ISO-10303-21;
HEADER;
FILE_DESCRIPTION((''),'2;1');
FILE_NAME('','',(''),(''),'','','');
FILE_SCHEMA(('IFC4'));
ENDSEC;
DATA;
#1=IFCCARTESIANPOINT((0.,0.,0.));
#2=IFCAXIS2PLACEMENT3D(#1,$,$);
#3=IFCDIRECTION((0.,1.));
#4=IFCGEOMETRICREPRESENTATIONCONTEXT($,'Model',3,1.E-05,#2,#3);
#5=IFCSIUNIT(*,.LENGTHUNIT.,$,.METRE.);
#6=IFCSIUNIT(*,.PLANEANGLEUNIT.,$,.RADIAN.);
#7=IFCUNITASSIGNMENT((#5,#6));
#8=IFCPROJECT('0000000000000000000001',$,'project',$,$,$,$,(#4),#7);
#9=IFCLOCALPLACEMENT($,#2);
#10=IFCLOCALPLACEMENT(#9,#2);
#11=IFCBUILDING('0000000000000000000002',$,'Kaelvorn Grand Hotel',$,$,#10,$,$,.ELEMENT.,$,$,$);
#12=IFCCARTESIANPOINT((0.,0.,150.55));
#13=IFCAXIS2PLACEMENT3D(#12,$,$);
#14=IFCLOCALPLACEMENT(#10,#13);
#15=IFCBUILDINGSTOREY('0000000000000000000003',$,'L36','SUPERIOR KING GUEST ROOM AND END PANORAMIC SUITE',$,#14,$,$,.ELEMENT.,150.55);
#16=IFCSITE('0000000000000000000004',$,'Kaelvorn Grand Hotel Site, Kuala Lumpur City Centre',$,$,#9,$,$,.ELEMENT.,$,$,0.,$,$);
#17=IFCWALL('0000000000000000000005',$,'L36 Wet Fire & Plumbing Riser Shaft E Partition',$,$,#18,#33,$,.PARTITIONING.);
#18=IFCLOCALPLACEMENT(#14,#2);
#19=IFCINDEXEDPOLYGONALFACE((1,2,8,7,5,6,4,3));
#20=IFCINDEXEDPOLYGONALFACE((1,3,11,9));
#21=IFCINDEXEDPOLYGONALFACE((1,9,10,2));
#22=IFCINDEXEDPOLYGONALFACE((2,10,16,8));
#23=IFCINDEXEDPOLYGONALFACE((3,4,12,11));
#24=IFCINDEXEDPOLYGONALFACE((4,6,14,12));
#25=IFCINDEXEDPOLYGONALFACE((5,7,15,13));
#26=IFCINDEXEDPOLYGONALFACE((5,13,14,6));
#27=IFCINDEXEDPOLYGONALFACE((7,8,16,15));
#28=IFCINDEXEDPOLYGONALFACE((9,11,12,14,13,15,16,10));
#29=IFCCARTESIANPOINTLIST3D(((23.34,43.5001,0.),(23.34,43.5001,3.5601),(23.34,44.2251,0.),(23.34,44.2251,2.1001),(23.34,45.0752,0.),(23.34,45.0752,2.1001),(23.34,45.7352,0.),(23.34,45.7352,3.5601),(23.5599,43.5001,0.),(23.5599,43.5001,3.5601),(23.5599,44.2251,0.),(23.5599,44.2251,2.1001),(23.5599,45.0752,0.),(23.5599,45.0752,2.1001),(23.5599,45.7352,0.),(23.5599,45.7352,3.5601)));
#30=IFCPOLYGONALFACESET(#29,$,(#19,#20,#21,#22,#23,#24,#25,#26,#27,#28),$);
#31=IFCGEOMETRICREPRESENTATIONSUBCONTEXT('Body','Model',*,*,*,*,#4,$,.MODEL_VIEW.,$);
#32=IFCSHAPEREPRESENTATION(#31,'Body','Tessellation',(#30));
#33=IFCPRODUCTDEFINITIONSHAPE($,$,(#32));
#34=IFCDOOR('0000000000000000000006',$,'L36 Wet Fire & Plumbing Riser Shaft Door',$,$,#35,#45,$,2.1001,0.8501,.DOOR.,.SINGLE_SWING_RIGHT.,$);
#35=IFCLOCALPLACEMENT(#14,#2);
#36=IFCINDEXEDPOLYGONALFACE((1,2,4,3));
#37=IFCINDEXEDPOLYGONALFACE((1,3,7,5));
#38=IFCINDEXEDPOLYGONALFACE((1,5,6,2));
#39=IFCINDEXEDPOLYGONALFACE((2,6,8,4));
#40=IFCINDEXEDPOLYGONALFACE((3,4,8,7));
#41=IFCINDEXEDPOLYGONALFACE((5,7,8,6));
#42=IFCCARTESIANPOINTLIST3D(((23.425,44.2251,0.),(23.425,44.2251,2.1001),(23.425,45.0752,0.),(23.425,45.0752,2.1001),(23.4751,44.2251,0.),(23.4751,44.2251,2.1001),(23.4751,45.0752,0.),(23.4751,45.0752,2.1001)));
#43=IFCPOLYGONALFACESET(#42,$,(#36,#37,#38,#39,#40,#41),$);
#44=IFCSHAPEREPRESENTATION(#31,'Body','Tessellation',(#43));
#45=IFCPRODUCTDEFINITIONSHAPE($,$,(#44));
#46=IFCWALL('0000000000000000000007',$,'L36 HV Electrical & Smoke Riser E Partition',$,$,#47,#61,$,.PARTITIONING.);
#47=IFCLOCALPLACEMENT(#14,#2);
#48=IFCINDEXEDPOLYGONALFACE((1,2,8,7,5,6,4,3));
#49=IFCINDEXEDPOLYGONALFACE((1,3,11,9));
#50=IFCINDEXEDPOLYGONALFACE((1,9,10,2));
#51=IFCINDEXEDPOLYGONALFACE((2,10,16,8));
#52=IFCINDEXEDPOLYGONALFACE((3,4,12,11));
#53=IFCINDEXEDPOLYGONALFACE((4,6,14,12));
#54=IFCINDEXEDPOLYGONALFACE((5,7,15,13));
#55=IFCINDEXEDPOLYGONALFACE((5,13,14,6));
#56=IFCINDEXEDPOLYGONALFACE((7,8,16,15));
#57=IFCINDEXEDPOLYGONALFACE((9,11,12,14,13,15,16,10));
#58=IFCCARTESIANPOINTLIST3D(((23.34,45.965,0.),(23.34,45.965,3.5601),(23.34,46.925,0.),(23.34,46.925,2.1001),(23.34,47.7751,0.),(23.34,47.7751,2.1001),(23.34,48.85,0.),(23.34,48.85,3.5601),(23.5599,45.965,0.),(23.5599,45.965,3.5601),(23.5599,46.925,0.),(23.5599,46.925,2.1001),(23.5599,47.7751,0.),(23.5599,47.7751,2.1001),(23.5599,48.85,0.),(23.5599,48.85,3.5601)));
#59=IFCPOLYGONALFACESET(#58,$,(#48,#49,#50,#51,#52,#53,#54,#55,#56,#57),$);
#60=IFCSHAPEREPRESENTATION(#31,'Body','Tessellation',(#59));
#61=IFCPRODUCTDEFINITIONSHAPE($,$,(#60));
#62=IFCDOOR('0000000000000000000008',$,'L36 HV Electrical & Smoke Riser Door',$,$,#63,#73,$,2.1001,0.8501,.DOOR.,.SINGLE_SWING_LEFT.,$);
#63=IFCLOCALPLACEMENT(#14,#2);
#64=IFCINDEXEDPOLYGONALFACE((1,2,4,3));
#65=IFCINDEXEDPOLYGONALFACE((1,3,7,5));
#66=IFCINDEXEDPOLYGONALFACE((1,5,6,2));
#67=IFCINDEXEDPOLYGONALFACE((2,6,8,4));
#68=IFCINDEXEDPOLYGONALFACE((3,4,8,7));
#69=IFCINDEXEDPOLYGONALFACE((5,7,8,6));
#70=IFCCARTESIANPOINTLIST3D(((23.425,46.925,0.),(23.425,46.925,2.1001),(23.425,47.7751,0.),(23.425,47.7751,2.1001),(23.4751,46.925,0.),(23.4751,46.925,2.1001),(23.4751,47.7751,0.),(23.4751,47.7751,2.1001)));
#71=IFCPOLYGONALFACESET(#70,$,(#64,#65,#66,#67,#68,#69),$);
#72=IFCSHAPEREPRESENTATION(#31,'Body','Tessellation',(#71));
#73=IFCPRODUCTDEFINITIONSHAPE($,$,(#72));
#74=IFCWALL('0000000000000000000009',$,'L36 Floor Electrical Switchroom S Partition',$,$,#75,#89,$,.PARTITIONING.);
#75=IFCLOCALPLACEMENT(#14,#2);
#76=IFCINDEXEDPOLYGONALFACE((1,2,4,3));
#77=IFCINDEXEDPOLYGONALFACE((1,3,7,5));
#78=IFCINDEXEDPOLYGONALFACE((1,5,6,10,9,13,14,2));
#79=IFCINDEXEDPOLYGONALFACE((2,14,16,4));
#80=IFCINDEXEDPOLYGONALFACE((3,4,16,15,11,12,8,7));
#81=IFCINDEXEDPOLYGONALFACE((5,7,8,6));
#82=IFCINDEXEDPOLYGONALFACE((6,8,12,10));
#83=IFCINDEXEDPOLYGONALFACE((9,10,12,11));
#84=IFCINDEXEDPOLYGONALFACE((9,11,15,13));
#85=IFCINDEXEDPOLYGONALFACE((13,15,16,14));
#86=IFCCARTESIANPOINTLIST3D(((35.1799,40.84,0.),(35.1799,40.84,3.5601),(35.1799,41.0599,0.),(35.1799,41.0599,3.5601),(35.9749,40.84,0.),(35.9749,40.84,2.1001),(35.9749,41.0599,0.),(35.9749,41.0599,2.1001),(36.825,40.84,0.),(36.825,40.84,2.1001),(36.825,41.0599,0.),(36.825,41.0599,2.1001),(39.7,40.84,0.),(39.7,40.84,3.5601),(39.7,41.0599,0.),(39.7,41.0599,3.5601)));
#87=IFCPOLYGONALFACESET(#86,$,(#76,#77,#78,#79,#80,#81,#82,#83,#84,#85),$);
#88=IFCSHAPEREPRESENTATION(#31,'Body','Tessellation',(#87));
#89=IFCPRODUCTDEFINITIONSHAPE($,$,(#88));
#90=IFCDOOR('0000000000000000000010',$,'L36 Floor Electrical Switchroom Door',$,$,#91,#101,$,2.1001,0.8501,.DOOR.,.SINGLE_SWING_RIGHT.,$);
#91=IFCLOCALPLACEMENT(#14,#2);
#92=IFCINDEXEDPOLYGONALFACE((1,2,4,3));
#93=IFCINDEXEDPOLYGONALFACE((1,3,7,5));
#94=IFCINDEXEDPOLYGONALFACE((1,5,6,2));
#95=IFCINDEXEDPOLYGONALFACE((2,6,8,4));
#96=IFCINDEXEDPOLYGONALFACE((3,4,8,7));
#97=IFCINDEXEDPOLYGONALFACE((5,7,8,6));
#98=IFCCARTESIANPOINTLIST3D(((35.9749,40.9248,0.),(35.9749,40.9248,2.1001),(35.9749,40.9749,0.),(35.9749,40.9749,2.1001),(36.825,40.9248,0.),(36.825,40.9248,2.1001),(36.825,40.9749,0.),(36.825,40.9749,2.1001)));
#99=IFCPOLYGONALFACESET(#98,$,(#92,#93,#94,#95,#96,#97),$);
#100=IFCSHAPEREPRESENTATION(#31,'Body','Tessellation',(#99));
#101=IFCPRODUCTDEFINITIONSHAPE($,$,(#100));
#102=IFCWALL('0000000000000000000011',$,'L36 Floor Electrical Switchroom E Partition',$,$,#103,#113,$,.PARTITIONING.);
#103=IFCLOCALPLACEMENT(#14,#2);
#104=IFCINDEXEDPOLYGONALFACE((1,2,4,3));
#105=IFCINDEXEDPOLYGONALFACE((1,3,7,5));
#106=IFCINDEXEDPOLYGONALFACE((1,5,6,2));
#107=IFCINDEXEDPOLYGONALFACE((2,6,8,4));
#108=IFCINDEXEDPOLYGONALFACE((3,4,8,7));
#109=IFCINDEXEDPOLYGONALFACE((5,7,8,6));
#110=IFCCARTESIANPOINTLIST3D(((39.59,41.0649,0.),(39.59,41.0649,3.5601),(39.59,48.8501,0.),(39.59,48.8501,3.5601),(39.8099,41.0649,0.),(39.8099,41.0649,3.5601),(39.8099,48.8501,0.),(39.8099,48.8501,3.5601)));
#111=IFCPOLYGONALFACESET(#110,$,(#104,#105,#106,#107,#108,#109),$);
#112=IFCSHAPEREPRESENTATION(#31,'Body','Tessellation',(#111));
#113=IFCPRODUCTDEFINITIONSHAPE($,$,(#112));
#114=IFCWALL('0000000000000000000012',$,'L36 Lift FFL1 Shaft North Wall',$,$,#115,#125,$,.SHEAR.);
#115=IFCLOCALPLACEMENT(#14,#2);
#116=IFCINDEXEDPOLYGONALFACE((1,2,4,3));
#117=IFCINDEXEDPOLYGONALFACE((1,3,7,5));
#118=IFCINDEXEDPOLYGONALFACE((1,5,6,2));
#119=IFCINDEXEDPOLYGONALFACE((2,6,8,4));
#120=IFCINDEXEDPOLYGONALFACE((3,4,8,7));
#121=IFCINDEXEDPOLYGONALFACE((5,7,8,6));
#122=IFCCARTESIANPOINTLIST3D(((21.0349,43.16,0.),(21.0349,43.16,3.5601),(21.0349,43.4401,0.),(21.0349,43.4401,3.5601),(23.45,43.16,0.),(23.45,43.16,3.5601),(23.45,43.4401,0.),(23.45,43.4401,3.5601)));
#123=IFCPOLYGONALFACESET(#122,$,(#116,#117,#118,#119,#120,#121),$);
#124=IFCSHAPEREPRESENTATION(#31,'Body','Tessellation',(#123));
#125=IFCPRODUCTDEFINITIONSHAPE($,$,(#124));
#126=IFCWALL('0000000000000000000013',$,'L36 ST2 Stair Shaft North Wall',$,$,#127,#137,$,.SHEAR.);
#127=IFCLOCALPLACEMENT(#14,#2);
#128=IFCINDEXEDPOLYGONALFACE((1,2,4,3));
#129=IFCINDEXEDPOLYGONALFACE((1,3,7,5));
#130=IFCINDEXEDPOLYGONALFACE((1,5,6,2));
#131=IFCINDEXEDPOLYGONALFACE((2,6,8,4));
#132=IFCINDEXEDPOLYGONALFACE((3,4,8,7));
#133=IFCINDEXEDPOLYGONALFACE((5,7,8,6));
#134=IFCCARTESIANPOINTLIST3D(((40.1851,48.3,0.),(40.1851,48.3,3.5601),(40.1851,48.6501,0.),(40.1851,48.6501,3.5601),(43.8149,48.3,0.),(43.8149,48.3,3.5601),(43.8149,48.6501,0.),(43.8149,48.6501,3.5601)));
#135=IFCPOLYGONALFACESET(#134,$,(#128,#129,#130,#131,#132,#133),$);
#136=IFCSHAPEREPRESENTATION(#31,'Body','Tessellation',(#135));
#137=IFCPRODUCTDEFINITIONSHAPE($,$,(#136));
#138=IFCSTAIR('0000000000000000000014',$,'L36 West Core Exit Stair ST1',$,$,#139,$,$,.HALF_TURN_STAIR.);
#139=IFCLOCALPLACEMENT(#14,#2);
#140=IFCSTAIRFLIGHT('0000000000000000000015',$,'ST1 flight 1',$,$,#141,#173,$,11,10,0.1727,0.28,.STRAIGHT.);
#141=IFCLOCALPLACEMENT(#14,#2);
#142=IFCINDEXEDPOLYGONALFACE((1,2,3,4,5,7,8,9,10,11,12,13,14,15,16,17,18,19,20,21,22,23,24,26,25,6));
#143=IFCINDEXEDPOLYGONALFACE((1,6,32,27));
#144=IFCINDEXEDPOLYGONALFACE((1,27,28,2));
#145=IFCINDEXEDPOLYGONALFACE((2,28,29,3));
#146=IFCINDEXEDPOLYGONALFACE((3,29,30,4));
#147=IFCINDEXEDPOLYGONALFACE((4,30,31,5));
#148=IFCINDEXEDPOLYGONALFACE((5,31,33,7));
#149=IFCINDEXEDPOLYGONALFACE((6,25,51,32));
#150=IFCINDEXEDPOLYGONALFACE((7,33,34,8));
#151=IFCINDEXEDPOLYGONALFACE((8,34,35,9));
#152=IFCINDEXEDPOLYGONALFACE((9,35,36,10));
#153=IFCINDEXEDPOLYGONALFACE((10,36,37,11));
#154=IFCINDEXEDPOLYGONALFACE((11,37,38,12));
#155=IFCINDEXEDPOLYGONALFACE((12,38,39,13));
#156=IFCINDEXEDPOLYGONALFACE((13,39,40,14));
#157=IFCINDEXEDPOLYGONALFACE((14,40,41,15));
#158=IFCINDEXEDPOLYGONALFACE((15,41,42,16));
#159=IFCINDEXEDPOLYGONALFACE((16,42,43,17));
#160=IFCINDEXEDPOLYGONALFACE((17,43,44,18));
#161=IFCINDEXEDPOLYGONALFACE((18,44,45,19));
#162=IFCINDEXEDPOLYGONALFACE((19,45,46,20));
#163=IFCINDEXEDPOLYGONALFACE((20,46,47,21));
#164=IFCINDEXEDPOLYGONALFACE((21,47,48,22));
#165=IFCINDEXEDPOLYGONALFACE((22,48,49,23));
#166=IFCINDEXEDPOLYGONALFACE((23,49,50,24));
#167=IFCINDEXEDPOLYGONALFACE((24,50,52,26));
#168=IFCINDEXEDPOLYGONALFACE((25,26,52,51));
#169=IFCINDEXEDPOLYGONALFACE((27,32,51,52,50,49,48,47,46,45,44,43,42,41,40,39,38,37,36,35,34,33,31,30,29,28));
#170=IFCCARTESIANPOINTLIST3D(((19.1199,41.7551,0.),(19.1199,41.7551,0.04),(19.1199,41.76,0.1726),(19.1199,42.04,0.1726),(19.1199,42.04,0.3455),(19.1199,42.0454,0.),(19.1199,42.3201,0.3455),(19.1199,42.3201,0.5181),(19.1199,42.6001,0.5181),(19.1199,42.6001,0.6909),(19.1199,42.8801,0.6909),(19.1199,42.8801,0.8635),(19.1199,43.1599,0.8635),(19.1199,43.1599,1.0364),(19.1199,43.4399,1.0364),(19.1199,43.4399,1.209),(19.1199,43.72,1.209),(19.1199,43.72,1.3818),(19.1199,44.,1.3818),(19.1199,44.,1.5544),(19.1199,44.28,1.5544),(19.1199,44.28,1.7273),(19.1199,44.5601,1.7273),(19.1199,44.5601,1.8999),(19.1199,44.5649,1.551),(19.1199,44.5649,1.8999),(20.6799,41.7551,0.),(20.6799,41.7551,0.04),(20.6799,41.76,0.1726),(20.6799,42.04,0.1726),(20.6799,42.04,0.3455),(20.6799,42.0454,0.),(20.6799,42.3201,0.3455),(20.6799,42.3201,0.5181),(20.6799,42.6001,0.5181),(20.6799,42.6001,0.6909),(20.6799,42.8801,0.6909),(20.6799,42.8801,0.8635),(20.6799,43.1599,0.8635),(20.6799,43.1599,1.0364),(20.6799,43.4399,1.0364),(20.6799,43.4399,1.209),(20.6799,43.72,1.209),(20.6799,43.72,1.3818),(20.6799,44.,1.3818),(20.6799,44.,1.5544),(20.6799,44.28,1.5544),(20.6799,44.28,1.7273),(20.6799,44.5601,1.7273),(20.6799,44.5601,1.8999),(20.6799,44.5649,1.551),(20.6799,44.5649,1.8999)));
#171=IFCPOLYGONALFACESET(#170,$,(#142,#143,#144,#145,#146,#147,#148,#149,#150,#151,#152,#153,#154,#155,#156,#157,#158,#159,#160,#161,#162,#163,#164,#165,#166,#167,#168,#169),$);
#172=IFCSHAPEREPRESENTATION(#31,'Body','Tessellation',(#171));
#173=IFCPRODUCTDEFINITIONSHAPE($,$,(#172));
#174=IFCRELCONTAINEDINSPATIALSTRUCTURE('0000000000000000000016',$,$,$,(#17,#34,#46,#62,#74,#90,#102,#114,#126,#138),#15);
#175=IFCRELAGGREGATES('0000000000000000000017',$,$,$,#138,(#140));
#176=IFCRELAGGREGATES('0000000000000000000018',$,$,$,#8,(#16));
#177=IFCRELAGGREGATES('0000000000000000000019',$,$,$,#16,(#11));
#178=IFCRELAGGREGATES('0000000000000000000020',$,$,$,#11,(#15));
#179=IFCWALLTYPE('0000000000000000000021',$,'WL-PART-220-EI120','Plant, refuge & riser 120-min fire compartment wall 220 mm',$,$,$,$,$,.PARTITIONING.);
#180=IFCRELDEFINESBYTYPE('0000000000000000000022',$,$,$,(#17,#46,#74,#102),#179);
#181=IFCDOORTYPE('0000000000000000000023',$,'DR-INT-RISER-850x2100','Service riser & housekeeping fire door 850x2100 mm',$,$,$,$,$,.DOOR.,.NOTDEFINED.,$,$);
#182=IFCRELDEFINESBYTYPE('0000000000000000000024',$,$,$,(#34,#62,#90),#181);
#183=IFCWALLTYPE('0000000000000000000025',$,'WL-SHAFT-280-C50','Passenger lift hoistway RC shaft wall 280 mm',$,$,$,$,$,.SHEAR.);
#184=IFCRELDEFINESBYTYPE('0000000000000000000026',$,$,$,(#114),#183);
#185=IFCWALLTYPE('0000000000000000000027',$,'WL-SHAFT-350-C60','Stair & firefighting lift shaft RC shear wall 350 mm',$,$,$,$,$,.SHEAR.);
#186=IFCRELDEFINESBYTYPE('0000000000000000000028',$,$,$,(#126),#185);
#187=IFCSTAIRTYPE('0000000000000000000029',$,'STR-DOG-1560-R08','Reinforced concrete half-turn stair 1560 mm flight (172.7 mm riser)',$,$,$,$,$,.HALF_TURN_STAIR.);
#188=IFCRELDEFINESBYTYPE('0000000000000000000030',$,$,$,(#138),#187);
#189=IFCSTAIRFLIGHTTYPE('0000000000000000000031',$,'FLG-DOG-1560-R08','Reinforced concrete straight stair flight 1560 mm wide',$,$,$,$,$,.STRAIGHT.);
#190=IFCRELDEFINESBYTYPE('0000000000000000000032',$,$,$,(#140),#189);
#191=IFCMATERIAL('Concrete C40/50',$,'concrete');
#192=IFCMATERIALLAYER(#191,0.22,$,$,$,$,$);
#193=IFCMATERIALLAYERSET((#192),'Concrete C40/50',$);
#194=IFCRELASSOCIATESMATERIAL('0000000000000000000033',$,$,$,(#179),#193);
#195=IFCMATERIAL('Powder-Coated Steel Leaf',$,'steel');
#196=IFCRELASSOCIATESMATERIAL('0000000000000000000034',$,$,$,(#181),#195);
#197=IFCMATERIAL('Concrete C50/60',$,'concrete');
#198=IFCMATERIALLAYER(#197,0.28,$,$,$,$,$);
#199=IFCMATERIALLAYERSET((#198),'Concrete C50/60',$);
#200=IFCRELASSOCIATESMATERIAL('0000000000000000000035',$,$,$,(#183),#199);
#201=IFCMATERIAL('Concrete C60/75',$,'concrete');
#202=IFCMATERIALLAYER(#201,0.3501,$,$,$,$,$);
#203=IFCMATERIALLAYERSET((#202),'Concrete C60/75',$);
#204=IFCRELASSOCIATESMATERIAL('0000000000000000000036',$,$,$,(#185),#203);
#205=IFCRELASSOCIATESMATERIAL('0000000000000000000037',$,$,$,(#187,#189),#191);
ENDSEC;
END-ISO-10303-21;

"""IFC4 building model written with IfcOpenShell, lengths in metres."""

from ifc_helpers import new_model, si_unit, direction, frame, frame_2d, origin, place, context, subcontext, project, spatial, polyline, rectangle, outline, extrude, material, layer, layer_set, type_object, element, fill, aggregate, save


model = new_model("IFC4")

# Units and contexts
model_context = context("Model", 3, precision=1e-05, world=origin(), true_north=direction((0.0, 1.0)))
body_context = subcontext(model_context, "Body", "Model", "MODEL_VIEW")
ifc_project = project(units=[si_unit("LENGTHUNIT", "METRE"), si_unit("PLANEANGLEUNIT", "RADIAN")], contexts=[model_context])

# Site, building, storey
site_placement = place(None, origin())
site = spatial("IfcSite", under=ifc_project, at=site_placement, Name="Kaelvorn Grand Hotel Site, Kuala Lumpur City Centre", CompositionType="ELEMENT", RefElevation=0.0)
building_placement = place(site_placement, origin())
building = spatial("IfcBuilding", under=site, at=building_placement, Name="Kaelvorn Grand Hotel", CompositionType="ELEMENT")
storey_placement = place(building_placement, frame((0.0, 0.0, 150.55)))
storey = spatial("IfcBuildingStorey", under=building, at=storey_placement, Name="L36", Description="SUPERIOR KING GUEST ROOM AND END PANORAMIC SUITE", CompositionType="ELEMENT", Elevation=150.55)

# Shared definitions
ifc_material_1 = material(Name="Concrete C60/75", Category="concrete")

# Shared definitions
ifc_material_2 = material(Name="Concrete C50/60", Category="concrete")

# Shared definitions
ifc_material_3 = material(Name="Concrete C40/50", Category="concrete")
ifc_layer_1 = layer(ifc_material_3, 0.22)
ifc_layer_set_1 = layer_set([ifc_layer_1], Name="Concrete C40/50")
wall_type_1 = type_object("IfcWallType", Name="WL-PART-220-EI120", Description="Plant, refuge & riser 120-min fire compartment wall 220 mm", PredefinedType="PARTITIONING", material=ifc_layer_set_1)

# Walls, openings, doors
wall_1_placement = place(storey_placement, frame((23.45, 43.5, 0.0), z_axis=(0.0, 0.0, 1.0), x_axis=(0.0, 1.0, 0.0)))
wall_1 = element("IfcWall", 1, at=wall_1_placement, inside=storey, type_object=wall_type_1, Name="L36 Wet Fire & Plumbing Riser Shaft E Partition", PredefinedType="PARTITIONING", context=body_context, shape_type="SweptSolid", body=[
    extrude(rectangle(XDim=2.2351, YDim=0.22, at=frame_2d((1.1177, 0.0))), origin(), (0.0, 0.0, 1.0), 3.5601),
])
opening_1_placement = place(wall_1_placement, frame((0.7251, 0.0, 0.0)))
opening_1 = element("IfcOpeningElement", 2, at=opening_1_placement, cuts=wall_1, PredefinedType="OPENING", context=body_context, shape_type="SweptSolid", body=[
    extrude(rectangle(XDim=0.8501, YDim=2.1001, at=frame_2d((0.425, 1.05))), frame((0.0, 0.1201, 0.0), z_axis=(0.0, -1.0, 0.0), x_axis=(1.0, 0.0, 0.0)), (0.0, 0.0, 1.0), 0.24),
])
ifc_material_4 = material(Name="Powder-Coated Steel Leaf", Category="steel")
door_type_1 = type_object("IfcDoorType", Name="DR-INT-RISER-850x2100", Description="Service riser & housekeeping fire door 850x2100 mm", OperationType="NOTDEFINED", PredefinedType="DOOR", material=ifc_material_4)
door_1_placement = place(opening_1_placement, origin())
door_1 = element("IfcDoor", 3, at=door_1_placement, inside=storey, type_object=door_type_1, Name="L36 Wet Fire & Plumbing Riser Shaft Door", OperationType="SINGLE_SWING_RIGHT", OverallHeight=2.1001, OverallWidth=0.8501, PredefinedType="DOOR", context=body_context, shape_type="SweptSolid", body=[
    extrude(rectangle(XDim=0.8501, YDim=2.1001, at=frame_2d((0.425, 1.05))), frame((0.0, 0.0249, 0.0), z_axis=(0.0, -1.0, 0.0), x_axis=(1.0, 0.0, 0.0)), (0.0, 0.0, 1.0), 0.05),
])
fill(opening_1, door_1)
wall_2_placement = place(storey_placement, frame((23.45, 45.9651, 0.0), z_axis=(0.0, 0.0, 1.0), x_axis=(0.0, 1.0, 0.0)))
wall_2 = element("IfcWall", 4, at=wall_2_placement, inside=storey, type_object=wall_type_1, Name="L36 HV Electrical & Smoke Riser E Partition", PredefinedType="PARTITIONING", context=body_context, shape_type="SweptSolid", body=[
    extrude(rectangle(XDim=2.885, YDim=0.22, at=frame_2d((1.4424, 0.0))), origin(), (0.0, 0.0, 1.0), 3.5601),
])
opening_2_placement = place(wall_2_placement, frame((0.96, 0.0, 0.0)))
opening_2 = element("IfcOpeningElement", 5, at=opening_2_placement, cuts=wall_2, PredefinedType="OPENING", context=body_context, shape_type="SweptSolid", body=[
    extrude(rectangle(XDim=0.8501, YDim=2.1001, at=frame_2d((0.425, 1.05))), frame((0.0, 0.1201, 0.0), z_axis=(0.0, -1.0, 0.0), x_axis=(1.0, 0.0, 0.0)), (0.0, 0.0, 1.0), 0.24),
])
door_2_placement = place(opening_2_placement, origin())
door_2 = element("IfcDoor", 6, at=door_2_placement, inside=storey, type_object=door_type_1, Name="L36 HV Electrical & Smoke Riser Door", OperationType="SINGLE_SWING_LEFT", OverallHeight=2.1001, OverallWidth=0.8501, PredefinedType="DOOR", context=body_context, shape_type="SweptSolid", body=[
    extrude(rectangle(XDim=0.8501, YDim=2.1001, at=frame_2d((0.425, 1.05))), frame((0.0, 0.0249, 0.0), z_axis=(0.0, -1.0, 0.0), x_axis=(1.0, 0.0, 0.0)), (0.0, 0.0, 1.0), 0.05),
])
fill(opening_2, door_2)
wall_3_placement = place(storey_placement, frame((35.1799, 40.95, 0.0), z_axis=(0.0, 0.0, 1.0), x_axis=(1.0, 0.0, 0.0)))
wall_3 = element("IfcWall", 7, at=wall_3_placement, inside=storey, type_object=wall_type_1, Name="L36 Floor Electrical Switchroom S Partition", PredefinedType="PARTITIONING", context=body_context, shape_type="SweptSolid", body=[
    extrude(rectangle(XDim=4.52, YDim=0.22, at=frame_2d((2.26, 0.0))), origin(), (0.0, 0.0, 1.0), 3.5601),
])
opening_3_placement = place(wall_3_placement, frame((0.7949, 0.0, 0.0)))
opening_3 = element("IfcOpeningElement", 8, at=opening_3_placement, cuts=wall_3, PredefinedType="OPENING", context=body_context, shape_type="SweptSolid", body=[
    extrude(rectangle(XDim=0.8501, YDim=2.1001, at=frame_2d((0.425, 1.05))), frame((0.0, 0.1201, 0.0), z_axis=(0.0, -1.0, 0.0), x_axis=(1.0, 0.0, 0.0)), (0.0, 0.0, 1.0), 0.24),
])
door_3_placement = place(opening_3_placement, origin())
door_3 = element("IfcDoor", 9, at=door_3_placement, inside=storey, type_object=door_type_1, Name="L36 Floor Electrical Switchroom Door", OperationType="SINGLE_SWING_RIGHT", OverallHeight=2.1001, OverallWidth=0.8501, PredefinedType="DOOR", context=body_context, shape_type="SweptSolid", body=[
    extrude(rectangle(XDim=0.8501, YDim=2.1001, at=frame_2d((0.425, 1.05))), frame((0.0, 0.0249, 0.0), z_axis=(0.0, -1.0, 0.0), x_axis=(1.0, 0.0, 0.0)), (0.0, 0.0, 1.0), 0.05),
])
fill(opening_3, door_3)

# Walls
wall_4_placement = place(storey_placement, frame((39.7, 41.0649, 0.0), z_axis=(0.0, 0.0, 1.0), x_axis=(0.0, 1.0, 0.0)))
element("IfcWall", 10, at=wall_4_placement, inside=storey, type_object=wall_type_1, Name="L36 Floor Electrical Switchroom E Partition", PredefinedType="PARTITIONING", context=body_context, shape_type="SweptSolid", body=[
    extrude(rectangle(XDim=7.7852, YDim=0.22, at=frame_2d((3.8926, 0.0))), origin(), (0.0, 0.0, 1.0), 3.5601),
])
ifc_layer_2 = layer(ifc_material_2, 0.28)
ifc_layer_set_2 = layer_set([ifc_layer_2], Name="Concrete C50/60")
wall_type_2 = type_object("IfcWallType", Name="WL-SHAFT-280-C50", Description="Passenger lift hoistway RC shaft wall 280 mm", PredefinedType="SHEAR", material=ifc_layer_set_2)
wall_5_placement = place(storey_placement, frame((21.0349, 43.3, 0.0), z_axis=(0.0, 0.0, 1.0), x_axis=(1.0, 0.0, 0.0)))
element("IfcWall", 11, at=wall_5_placement, inside=storey, type_object=wall_type_2, Name="L36 Lift FFL1 Shaft North Wall", PredefinedType="SHEAR", context=body_context, shape_type="SweptSolid", body=[
    extrude(rectangle(XDim=2.415, YDim=0.28, at=frame_2d((1.2075, 0.0))), origin(), (0.0, 0.0, 1.0), 3.5601),
])
ifc_layer_3 = layer(ifc_material_1, 0.3501)
ifc_layer_set_3 = layer_set([ifc_layer_3], Name="Concrete C60/75")
wall_type_3 = type_object("IfcWallType", Name="WL-SHAFT-350-C60", Description="Stair & firefighting lift shaft RC shear wall 350 mm", PredefinedType="SHEAR", material=ifc_layer_set_3)
wall_6_placement = place(storey_placement, frame((40.1851, 48.4751, 0.0), z_axis=(0.0, 0.0, 1.0), x_axis=(1.0, 0.0, 0.0)))
element("IfcWall", 12, at=wall_6_placement, inside=storey, type_object=wall_type_3, Name="L36 ST2 Stair Shaft North Wall", PredefinedType="SHEAR", context=body_context, shape_type="SweptSolid", body=[
    extrude(rectangle(XDim=3.6299, YDim=0.3501, at=frame_2d((1.8149, 0.0))), origin(), (0.0, 0.0, 1.0), 3.5601),
])

# Stair, stair flight
stair_type = type_object("IfcStairType", Name="STR-DOG-1560-R08", Description="Reinforced concrete half-turn stair 1560 mm flight (172.7 mm riser)", PredefinedType="HALF_TURN_STAIR", material=ifc_material_3)
stair_1_placement = place(storey_placement, origin())
stair_1 = element("IfcStair", 13, at=stair_1_placement, inside=storey, type_object=stair_type, Name="L36 West Core Exit Stair ST1", PredefinedType="HALF_TURN_STAIR")
stair_flight_type = type_object("IfcStairFlightType", Name="FLG-DOG-1560-R08", Description="Reinforced concrete straight stair flight 1560 mm wide", PredefinedType="STRAIGHT", material=ifc_material_3)
stair_flight_1_placement = place(storey_placement, frame((19.8999, 41.76, 0.0), z_axis=(0.0, 0.0, 1.0), x_axis=(0.0, 1.0, 0.0)))
stair_flight_1 = element("IfcStairFlight", 14, at=stair_flight_1_placement, type_object=stair_flight_type, Name="ST1 flight 1", NumberOfRisers=11, NumberOfTreads=10, PredefinedType="STRAIGHT", RiserHeight=0.1727, TreadLength=0.28, context=body_context, shape_type="SweptSolid", body=[
    extrude(outline(polyline([(-0.0049, 0.0), (-0.0049, 0.04), (0.0, 0.1726), (0.28, 0.1726), (0.28, 0.3455), (0.5601, 0.3455), (0.5601, 0.5181), (0.8401, 0.5181), (0.8401, 0.6909), (1.1201, 0.6909), (1.1201, 0.8635), (1.3999, 0.8635), (1.3999, 1.0364), (1.6799, 1.0364), (1.6799, 1.209), (1.96, 1.209), (1.96, 1.3818), (2.24, 1.3818), (2.24, 1.5544), (2.52, 1.5544), (2.52, 1.7273), (2.8, 1.7273), (2.8, 1.8999), (2.8049, 1.8999), (2.8049, 1.551), (0.2854, 0.0), (-0.0049, 0.0)])), frame((0.0, 0.78, 0.0), z_axis=(0.0, -1.0, 0.0), x_axis=(1.0, 0.0, 0.0)), (0.0, 0.0, 1.0), 1.5601),
])
aggregate(stair_1, [stair_flight_1])

save(model, "model.ifc")
